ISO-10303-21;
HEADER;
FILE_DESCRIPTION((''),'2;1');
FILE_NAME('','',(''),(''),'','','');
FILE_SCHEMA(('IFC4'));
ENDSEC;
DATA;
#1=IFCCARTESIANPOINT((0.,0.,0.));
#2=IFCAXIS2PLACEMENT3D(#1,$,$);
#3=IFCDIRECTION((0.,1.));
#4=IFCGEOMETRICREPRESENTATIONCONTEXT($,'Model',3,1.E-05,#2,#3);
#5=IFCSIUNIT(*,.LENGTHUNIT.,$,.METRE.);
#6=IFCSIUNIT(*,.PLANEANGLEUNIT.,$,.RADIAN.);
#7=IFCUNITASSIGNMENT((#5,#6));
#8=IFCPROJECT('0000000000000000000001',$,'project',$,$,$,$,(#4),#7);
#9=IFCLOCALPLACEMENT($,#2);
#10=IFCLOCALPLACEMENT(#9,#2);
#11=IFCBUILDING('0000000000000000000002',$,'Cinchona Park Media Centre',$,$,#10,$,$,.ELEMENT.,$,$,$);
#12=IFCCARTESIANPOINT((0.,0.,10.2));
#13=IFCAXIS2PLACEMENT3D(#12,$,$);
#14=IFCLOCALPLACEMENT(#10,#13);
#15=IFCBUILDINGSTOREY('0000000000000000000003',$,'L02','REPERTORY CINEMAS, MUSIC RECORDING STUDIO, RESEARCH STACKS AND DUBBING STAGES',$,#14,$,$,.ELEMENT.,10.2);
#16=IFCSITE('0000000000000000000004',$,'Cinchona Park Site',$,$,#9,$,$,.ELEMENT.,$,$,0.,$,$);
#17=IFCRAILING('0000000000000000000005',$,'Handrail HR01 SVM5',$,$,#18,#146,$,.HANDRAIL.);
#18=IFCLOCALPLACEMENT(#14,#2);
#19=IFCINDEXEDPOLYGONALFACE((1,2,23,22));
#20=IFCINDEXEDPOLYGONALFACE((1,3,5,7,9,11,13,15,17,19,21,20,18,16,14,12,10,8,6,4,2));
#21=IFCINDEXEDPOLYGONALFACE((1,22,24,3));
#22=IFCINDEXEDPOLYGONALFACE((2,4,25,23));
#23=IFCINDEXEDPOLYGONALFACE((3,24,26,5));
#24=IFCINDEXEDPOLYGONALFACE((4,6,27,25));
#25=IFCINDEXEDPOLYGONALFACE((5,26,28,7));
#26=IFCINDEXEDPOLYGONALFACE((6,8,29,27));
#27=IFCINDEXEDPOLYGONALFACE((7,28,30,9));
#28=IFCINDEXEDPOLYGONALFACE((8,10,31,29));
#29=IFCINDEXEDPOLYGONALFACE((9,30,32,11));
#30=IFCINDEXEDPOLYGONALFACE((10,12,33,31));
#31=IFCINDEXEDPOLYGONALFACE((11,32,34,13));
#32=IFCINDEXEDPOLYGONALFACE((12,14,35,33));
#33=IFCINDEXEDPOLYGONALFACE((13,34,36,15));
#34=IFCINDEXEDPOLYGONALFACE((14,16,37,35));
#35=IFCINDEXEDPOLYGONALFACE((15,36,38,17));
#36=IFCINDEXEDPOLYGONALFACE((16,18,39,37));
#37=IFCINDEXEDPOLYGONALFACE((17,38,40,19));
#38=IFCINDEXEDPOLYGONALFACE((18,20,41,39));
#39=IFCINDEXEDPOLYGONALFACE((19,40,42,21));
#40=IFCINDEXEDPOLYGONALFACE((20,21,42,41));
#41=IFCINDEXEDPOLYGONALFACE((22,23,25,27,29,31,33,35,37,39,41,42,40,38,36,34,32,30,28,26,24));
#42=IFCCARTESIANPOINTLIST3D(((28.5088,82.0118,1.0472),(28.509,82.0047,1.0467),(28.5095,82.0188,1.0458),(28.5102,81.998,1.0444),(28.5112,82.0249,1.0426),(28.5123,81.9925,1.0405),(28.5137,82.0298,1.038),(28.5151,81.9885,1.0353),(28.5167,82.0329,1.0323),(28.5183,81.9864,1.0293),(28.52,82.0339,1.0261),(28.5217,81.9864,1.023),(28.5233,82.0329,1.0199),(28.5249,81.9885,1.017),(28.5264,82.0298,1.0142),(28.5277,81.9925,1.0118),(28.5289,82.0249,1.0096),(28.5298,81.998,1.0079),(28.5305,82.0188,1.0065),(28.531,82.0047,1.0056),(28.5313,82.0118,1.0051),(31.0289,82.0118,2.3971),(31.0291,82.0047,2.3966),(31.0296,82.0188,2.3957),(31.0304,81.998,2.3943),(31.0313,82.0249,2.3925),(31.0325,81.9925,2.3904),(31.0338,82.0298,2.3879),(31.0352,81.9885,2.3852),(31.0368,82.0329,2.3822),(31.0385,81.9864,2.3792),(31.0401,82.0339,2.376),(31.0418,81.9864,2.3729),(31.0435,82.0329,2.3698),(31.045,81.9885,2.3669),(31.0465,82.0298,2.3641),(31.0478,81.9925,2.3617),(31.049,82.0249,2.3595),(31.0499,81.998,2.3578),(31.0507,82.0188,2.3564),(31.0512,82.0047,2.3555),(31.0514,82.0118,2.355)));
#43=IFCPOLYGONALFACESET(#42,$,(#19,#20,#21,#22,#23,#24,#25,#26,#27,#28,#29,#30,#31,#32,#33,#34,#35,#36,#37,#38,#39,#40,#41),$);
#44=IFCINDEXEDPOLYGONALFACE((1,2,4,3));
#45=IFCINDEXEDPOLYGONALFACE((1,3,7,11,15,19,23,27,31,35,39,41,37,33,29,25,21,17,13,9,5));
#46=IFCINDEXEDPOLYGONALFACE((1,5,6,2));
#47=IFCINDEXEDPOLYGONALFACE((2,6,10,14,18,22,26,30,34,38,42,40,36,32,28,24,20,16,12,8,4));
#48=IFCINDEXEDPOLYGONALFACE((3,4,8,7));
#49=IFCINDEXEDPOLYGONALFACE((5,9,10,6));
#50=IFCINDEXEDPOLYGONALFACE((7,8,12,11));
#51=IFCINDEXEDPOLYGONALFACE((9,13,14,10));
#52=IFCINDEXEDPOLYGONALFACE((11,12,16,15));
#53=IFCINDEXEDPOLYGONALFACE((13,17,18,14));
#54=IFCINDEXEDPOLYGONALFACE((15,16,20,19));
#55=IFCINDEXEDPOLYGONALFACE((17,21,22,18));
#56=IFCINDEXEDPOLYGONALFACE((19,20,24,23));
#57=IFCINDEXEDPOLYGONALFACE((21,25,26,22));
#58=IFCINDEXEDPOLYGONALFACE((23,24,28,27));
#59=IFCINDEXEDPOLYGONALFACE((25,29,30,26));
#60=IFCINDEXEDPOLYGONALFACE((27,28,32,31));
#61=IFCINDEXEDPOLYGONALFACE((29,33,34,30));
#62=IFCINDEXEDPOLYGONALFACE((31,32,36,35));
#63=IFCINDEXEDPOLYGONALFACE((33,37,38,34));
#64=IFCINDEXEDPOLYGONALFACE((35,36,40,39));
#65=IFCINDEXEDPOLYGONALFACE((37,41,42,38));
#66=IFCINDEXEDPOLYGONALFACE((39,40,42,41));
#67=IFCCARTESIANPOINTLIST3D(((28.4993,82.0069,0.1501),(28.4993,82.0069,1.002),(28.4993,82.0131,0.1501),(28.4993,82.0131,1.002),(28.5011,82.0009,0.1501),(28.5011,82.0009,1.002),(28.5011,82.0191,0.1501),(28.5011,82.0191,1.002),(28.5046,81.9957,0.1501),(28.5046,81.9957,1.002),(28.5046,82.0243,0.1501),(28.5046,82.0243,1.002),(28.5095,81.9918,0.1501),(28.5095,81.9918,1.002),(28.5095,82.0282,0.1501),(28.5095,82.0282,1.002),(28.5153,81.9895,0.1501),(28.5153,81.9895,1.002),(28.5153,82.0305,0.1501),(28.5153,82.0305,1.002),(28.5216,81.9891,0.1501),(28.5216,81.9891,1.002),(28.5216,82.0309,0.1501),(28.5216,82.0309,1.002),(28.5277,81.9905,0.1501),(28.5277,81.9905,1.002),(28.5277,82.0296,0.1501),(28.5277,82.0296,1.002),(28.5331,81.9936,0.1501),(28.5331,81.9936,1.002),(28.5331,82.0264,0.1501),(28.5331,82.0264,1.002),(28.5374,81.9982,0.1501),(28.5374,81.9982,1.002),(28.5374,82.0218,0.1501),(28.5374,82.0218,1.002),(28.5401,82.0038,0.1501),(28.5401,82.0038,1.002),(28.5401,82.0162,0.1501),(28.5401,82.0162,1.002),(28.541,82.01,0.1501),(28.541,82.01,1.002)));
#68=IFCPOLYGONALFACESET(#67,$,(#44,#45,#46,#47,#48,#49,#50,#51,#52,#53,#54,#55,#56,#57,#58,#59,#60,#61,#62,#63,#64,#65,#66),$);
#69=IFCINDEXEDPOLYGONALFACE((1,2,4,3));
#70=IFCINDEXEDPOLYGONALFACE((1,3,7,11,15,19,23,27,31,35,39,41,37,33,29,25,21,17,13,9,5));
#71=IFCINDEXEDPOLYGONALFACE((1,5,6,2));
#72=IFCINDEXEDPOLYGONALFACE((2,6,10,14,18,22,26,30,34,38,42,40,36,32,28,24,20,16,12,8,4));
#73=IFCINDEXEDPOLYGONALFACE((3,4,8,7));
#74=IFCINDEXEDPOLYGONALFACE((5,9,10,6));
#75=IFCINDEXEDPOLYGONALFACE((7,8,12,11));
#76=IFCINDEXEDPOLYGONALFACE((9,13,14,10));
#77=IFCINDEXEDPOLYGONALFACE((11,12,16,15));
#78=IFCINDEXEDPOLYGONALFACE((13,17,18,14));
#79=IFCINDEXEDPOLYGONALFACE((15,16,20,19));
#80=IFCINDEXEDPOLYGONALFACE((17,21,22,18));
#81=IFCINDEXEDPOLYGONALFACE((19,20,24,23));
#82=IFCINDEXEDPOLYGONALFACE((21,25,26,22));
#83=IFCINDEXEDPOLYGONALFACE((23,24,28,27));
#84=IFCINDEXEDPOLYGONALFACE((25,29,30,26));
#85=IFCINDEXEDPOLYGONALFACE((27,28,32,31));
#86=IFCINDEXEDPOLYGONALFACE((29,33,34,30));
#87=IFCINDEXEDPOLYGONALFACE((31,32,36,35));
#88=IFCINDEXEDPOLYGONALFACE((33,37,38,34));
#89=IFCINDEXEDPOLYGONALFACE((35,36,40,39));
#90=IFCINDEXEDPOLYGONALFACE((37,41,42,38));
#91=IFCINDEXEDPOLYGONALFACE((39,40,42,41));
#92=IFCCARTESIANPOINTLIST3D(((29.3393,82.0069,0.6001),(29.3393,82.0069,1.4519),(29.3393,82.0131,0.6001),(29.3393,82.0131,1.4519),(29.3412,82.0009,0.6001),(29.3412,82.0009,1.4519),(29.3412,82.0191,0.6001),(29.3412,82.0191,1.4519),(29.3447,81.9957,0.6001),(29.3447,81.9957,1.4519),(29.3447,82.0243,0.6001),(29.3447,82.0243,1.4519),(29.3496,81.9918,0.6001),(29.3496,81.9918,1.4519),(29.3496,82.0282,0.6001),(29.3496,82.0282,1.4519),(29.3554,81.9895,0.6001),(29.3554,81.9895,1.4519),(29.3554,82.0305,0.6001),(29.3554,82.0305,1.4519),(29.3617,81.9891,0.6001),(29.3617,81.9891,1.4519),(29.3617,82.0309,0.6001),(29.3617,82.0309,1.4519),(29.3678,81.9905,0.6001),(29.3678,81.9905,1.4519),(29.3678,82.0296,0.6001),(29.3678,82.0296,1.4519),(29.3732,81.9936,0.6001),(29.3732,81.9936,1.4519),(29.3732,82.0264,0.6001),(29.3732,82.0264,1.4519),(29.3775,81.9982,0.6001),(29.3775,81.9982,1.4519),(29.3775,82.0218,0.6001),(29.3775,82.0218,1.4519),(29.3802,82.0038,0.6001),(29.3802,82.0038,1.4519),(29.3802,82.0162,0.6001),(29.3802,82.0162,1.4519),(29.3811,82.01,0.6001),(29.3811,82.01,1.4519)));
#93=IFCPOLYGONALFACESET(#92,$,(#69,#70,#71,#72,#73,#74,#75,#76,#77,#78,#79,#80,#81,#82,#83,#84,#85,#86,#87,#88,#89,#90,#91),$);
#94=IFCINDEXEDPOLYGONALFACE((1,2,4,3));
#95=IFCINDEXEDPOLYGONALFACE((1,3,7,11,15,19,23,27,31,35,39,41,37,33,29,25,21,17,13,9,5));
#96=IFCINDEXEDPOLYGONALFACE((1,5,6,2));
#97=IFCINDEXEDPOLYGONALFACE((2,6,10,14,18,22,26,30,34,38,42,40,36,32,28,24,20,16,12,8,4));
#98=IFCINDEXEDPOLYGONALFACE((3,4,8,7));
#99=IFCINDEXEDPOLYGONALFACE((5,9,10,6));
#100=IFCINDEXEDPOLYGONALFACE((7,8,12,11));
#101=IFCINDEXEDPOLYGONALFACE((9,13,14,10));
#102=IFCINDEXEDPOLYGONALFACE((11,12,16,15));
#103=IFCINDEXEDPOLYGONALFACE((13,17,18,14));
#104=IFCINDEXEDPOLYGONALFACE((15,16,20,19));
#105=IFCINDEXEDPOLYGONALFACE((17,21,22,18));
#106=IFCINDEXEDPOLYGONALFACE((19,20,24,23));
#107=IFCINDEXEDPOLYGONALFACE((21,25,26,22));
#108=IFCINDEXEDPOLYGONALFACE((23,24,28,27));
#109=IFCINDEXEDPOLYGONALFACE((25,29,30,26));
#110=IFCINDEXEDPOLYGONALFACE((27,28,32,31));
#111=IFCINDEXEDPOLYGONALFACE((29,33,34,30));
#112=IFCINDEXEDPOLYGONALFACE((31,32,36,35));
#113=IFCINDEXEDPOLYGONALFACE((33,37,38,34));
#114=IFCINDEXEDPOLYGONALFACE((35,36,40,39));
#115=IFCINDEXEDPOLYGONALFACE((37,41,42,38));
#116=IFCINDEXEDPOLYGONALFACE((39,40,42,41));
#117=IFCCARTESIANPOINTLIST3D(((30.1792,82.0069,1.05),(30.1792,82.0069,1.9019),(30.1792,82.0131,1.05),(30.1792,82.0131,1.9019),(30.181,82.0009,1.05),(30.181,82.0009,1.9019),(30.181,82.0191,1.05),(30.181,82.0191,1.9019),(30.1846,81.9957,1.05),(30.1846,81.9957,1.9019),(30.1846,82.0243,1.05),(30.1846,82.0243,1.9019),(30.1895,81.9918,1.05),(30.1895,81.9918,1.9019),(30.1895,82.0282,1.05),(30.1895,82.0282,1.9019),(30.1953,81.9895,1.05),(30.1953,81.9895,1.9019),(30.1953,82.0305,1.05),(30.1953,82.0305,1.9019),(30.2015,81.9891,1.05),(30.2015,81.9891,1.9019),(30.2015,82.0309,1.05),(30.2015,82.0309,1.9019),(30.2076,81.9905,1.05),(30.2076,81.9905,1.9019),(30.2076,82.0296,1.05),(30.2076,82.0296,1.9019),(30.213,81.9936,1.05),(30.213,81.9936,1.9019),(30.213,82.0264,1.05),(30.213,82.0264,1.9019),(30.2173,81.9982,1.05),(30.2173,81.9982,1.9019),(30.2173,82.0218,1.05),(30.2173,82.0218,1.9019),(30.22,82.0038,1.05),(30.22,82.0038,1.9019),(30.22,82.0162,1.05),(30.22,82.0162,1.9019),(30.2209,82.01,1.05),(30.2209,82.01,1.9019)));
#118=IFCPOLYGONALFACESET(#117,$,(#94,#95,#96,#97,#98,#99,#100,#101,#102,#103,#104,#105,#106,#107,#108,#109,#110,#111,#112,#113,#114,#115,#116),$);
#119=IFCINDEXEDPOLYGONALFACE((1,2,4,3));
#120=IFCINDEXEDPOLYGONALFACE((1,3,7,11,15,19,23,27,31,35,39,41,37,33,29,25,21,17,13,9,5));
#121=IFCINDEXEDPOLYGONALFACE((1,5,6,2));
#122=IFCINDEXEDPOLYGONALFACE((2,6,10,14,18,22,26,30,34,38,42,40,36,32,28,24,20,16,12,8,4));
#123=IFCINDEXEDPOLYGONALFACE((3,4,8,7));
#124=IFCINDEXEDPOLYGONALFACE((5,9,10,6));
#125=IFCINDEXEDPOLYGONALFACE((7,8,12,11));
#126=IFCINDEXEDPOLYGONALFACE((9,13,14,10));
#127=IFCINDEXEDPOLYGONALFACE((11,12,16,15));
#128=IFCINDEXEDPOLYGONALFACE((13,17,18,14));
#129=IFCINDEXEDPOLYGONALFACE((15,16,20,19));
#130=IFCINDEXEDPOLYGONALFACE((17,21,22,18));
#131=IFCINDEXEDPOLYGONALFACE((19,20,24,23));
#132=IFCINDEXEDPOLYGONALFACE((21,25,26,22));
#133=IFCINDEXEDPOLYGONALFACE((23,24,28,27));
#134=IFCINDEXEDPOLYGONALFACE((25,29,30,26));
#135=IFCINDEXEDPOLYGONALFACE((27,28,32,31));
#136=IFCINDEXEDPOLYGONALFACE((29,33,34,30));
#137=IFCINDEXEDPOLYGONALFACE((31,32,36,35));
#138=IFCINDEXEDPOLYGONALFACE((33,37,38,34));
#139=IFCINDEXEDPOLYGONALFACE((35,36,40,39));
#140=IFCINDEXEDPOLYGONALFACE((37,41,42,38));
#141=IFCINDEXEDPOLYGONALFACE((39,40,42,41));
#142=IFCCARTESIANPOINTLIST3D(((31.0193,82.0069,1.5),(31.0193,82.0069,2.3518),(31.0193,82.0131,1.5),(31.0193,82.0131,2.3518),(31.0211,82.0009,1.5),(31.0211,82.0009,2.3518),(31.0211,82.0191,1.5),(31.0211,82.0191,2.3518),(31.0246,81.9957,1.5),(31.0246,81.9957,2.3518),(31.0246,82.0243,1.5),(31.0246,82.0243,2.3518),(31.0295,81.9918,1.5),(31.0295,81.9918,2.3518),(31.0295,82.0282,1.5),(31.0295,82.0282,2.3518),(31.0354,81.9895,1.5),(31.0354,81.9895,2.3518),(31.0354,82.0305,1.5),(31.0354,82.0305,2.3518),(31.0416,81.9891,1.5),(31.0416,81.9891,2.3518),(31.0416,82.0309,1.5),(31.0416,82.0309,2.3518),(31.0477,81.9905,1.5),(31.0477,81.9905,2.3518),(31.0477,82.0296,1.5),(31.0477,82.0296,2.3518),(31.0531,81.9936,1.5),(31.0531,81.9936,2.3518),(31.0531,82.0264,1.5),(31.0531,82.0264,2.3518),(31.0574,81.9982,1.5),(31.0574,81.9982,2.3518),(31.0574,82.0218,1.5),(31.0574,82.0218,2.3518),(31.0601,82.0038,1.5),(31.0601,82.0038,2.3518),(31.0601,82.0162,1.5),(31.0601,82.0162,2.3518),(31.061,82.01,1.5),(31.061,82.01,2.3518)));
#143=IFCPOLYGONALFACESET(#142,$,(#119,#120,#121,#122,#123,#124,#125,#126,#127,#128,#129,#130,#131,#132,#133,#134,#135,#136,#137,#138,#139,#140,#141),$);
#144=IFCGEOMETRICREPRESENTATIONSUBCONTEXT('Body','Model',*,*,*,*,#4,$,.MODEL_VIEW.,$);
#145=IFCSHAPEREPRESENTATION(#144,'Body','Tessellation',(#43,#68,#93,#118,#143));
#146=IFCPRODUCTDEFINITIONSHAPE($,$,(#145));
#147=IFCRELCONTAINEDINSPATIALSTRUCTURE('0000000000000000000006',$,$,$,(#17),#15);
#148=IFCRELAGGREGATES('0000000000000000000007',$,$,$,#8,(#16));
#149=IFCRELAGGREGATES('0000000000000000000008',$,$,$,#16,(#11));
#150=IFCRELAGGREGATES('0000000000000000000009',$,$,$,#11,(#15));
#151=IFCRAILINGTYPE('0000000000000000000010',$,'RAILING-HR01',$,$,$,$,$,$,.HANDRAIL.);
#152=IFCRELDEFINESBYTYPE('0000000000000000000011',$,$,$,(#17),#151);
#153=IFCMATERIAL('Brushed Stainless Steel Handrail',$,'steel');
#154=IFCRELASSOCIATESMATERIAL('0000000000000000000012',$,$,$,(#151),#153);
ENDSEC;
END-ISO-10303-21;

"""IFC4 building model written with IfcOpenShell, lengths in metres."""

from ifc_helpers import new_model, si_unit, direction, frame, origin, origin_2d, place, context, subcontext, project, spatial, circle, extrude, material, type_object, element, save


model = new_model("IFC4")

# Units and contexts
model_context = context("Model", 3, precision=1e-05, world=origin(), true_north=direction((0.0, 1.0)))
body_context = subcontext(model_context, "Body", "Model", "MODEL_VIEW")
ifc_project = project(units=[si_unit("LENGTHUNIT", "METRE"), si_unit("PLANEANGLEUNIT", "RADIAN")], contexts=[model_context])

# Site, building, storey
site_placement = place(None, origin())
site = spatial("IfcSite", under=ifc_project, at=site_placement, Name="Cinchona Park Site", CompositionType="ELEMENT", RefElevation=0.0)
building_placement = place(site_placement, origin())
building = spatial("IfcBuilding", under=site, at=building_placement, Name="Cinchona Park Media Centre", CompositionType="ELEMENT")
storey_placement = place(building_placement, frame((0.0, 0.0, 10.2)))
storey = spatial("IfcBuildingStorey", under=building, at=storey_placement, Name="L02", Description="REPERTORY CINEMAS, MUSIC RECORDING STUDIO, RESEARCH STACKS AND DUBBING STAGES", CompositionType="ELEMENT", Elevation=10.2)

# Railing
ifc_material_1 = material(Name="Brushed Stainless Steel Handrail", Category="steel")
railing_type_1 = type_object("IfcRailingType", Name="RAILING-HR01", PredefinedType="HANDRAIL", material=ifc_material_1)
railing_1_placement = place(storey_placement, frame((28.52, 82.01, 0.1501)))
element("IfcRailing", 1, at=railing_1_placement, inside=storey, type_object=railing_type_1, Name="Handrail HR01 SVM5", PredefinedType="HANDRAIL", context=body_context, shape_type="SweptSolid", body=[
    extrude(circle(Radius=0.0239, at=origin_2d()), frame((0.0, 0.0, 0.876), z_axis=(0.881503, 0.0, 0.472179), x_axis=(0.0, 1.0, 0.0)), (0.0, 0.0, 1.0), 2.8589),
    extrude(circle(Radius=0.021, at=origin_2d()), origin(), (0.0, 0.0, 1.0), 0.8518),
    extrude(circle(Radius=0.021, at=origin_2d()), frame((0.8401, 0.0, 0.45)), (0.0, 0.0, 1.0), 0.8518),
    extrude(circle(Radius=0.021, at=origin_2d()), frame((1.6799, 0.0, 0.8999)), (0.0, 0.0, 1.0), 0.8518),
    extrude(circle(Radius=0.021, at=origin_2d()), frame((2.52, 0.0, 1.3499)), (0.0, 0.0, 1.0), 0.8518),
])

save(model, "model.ifc")
